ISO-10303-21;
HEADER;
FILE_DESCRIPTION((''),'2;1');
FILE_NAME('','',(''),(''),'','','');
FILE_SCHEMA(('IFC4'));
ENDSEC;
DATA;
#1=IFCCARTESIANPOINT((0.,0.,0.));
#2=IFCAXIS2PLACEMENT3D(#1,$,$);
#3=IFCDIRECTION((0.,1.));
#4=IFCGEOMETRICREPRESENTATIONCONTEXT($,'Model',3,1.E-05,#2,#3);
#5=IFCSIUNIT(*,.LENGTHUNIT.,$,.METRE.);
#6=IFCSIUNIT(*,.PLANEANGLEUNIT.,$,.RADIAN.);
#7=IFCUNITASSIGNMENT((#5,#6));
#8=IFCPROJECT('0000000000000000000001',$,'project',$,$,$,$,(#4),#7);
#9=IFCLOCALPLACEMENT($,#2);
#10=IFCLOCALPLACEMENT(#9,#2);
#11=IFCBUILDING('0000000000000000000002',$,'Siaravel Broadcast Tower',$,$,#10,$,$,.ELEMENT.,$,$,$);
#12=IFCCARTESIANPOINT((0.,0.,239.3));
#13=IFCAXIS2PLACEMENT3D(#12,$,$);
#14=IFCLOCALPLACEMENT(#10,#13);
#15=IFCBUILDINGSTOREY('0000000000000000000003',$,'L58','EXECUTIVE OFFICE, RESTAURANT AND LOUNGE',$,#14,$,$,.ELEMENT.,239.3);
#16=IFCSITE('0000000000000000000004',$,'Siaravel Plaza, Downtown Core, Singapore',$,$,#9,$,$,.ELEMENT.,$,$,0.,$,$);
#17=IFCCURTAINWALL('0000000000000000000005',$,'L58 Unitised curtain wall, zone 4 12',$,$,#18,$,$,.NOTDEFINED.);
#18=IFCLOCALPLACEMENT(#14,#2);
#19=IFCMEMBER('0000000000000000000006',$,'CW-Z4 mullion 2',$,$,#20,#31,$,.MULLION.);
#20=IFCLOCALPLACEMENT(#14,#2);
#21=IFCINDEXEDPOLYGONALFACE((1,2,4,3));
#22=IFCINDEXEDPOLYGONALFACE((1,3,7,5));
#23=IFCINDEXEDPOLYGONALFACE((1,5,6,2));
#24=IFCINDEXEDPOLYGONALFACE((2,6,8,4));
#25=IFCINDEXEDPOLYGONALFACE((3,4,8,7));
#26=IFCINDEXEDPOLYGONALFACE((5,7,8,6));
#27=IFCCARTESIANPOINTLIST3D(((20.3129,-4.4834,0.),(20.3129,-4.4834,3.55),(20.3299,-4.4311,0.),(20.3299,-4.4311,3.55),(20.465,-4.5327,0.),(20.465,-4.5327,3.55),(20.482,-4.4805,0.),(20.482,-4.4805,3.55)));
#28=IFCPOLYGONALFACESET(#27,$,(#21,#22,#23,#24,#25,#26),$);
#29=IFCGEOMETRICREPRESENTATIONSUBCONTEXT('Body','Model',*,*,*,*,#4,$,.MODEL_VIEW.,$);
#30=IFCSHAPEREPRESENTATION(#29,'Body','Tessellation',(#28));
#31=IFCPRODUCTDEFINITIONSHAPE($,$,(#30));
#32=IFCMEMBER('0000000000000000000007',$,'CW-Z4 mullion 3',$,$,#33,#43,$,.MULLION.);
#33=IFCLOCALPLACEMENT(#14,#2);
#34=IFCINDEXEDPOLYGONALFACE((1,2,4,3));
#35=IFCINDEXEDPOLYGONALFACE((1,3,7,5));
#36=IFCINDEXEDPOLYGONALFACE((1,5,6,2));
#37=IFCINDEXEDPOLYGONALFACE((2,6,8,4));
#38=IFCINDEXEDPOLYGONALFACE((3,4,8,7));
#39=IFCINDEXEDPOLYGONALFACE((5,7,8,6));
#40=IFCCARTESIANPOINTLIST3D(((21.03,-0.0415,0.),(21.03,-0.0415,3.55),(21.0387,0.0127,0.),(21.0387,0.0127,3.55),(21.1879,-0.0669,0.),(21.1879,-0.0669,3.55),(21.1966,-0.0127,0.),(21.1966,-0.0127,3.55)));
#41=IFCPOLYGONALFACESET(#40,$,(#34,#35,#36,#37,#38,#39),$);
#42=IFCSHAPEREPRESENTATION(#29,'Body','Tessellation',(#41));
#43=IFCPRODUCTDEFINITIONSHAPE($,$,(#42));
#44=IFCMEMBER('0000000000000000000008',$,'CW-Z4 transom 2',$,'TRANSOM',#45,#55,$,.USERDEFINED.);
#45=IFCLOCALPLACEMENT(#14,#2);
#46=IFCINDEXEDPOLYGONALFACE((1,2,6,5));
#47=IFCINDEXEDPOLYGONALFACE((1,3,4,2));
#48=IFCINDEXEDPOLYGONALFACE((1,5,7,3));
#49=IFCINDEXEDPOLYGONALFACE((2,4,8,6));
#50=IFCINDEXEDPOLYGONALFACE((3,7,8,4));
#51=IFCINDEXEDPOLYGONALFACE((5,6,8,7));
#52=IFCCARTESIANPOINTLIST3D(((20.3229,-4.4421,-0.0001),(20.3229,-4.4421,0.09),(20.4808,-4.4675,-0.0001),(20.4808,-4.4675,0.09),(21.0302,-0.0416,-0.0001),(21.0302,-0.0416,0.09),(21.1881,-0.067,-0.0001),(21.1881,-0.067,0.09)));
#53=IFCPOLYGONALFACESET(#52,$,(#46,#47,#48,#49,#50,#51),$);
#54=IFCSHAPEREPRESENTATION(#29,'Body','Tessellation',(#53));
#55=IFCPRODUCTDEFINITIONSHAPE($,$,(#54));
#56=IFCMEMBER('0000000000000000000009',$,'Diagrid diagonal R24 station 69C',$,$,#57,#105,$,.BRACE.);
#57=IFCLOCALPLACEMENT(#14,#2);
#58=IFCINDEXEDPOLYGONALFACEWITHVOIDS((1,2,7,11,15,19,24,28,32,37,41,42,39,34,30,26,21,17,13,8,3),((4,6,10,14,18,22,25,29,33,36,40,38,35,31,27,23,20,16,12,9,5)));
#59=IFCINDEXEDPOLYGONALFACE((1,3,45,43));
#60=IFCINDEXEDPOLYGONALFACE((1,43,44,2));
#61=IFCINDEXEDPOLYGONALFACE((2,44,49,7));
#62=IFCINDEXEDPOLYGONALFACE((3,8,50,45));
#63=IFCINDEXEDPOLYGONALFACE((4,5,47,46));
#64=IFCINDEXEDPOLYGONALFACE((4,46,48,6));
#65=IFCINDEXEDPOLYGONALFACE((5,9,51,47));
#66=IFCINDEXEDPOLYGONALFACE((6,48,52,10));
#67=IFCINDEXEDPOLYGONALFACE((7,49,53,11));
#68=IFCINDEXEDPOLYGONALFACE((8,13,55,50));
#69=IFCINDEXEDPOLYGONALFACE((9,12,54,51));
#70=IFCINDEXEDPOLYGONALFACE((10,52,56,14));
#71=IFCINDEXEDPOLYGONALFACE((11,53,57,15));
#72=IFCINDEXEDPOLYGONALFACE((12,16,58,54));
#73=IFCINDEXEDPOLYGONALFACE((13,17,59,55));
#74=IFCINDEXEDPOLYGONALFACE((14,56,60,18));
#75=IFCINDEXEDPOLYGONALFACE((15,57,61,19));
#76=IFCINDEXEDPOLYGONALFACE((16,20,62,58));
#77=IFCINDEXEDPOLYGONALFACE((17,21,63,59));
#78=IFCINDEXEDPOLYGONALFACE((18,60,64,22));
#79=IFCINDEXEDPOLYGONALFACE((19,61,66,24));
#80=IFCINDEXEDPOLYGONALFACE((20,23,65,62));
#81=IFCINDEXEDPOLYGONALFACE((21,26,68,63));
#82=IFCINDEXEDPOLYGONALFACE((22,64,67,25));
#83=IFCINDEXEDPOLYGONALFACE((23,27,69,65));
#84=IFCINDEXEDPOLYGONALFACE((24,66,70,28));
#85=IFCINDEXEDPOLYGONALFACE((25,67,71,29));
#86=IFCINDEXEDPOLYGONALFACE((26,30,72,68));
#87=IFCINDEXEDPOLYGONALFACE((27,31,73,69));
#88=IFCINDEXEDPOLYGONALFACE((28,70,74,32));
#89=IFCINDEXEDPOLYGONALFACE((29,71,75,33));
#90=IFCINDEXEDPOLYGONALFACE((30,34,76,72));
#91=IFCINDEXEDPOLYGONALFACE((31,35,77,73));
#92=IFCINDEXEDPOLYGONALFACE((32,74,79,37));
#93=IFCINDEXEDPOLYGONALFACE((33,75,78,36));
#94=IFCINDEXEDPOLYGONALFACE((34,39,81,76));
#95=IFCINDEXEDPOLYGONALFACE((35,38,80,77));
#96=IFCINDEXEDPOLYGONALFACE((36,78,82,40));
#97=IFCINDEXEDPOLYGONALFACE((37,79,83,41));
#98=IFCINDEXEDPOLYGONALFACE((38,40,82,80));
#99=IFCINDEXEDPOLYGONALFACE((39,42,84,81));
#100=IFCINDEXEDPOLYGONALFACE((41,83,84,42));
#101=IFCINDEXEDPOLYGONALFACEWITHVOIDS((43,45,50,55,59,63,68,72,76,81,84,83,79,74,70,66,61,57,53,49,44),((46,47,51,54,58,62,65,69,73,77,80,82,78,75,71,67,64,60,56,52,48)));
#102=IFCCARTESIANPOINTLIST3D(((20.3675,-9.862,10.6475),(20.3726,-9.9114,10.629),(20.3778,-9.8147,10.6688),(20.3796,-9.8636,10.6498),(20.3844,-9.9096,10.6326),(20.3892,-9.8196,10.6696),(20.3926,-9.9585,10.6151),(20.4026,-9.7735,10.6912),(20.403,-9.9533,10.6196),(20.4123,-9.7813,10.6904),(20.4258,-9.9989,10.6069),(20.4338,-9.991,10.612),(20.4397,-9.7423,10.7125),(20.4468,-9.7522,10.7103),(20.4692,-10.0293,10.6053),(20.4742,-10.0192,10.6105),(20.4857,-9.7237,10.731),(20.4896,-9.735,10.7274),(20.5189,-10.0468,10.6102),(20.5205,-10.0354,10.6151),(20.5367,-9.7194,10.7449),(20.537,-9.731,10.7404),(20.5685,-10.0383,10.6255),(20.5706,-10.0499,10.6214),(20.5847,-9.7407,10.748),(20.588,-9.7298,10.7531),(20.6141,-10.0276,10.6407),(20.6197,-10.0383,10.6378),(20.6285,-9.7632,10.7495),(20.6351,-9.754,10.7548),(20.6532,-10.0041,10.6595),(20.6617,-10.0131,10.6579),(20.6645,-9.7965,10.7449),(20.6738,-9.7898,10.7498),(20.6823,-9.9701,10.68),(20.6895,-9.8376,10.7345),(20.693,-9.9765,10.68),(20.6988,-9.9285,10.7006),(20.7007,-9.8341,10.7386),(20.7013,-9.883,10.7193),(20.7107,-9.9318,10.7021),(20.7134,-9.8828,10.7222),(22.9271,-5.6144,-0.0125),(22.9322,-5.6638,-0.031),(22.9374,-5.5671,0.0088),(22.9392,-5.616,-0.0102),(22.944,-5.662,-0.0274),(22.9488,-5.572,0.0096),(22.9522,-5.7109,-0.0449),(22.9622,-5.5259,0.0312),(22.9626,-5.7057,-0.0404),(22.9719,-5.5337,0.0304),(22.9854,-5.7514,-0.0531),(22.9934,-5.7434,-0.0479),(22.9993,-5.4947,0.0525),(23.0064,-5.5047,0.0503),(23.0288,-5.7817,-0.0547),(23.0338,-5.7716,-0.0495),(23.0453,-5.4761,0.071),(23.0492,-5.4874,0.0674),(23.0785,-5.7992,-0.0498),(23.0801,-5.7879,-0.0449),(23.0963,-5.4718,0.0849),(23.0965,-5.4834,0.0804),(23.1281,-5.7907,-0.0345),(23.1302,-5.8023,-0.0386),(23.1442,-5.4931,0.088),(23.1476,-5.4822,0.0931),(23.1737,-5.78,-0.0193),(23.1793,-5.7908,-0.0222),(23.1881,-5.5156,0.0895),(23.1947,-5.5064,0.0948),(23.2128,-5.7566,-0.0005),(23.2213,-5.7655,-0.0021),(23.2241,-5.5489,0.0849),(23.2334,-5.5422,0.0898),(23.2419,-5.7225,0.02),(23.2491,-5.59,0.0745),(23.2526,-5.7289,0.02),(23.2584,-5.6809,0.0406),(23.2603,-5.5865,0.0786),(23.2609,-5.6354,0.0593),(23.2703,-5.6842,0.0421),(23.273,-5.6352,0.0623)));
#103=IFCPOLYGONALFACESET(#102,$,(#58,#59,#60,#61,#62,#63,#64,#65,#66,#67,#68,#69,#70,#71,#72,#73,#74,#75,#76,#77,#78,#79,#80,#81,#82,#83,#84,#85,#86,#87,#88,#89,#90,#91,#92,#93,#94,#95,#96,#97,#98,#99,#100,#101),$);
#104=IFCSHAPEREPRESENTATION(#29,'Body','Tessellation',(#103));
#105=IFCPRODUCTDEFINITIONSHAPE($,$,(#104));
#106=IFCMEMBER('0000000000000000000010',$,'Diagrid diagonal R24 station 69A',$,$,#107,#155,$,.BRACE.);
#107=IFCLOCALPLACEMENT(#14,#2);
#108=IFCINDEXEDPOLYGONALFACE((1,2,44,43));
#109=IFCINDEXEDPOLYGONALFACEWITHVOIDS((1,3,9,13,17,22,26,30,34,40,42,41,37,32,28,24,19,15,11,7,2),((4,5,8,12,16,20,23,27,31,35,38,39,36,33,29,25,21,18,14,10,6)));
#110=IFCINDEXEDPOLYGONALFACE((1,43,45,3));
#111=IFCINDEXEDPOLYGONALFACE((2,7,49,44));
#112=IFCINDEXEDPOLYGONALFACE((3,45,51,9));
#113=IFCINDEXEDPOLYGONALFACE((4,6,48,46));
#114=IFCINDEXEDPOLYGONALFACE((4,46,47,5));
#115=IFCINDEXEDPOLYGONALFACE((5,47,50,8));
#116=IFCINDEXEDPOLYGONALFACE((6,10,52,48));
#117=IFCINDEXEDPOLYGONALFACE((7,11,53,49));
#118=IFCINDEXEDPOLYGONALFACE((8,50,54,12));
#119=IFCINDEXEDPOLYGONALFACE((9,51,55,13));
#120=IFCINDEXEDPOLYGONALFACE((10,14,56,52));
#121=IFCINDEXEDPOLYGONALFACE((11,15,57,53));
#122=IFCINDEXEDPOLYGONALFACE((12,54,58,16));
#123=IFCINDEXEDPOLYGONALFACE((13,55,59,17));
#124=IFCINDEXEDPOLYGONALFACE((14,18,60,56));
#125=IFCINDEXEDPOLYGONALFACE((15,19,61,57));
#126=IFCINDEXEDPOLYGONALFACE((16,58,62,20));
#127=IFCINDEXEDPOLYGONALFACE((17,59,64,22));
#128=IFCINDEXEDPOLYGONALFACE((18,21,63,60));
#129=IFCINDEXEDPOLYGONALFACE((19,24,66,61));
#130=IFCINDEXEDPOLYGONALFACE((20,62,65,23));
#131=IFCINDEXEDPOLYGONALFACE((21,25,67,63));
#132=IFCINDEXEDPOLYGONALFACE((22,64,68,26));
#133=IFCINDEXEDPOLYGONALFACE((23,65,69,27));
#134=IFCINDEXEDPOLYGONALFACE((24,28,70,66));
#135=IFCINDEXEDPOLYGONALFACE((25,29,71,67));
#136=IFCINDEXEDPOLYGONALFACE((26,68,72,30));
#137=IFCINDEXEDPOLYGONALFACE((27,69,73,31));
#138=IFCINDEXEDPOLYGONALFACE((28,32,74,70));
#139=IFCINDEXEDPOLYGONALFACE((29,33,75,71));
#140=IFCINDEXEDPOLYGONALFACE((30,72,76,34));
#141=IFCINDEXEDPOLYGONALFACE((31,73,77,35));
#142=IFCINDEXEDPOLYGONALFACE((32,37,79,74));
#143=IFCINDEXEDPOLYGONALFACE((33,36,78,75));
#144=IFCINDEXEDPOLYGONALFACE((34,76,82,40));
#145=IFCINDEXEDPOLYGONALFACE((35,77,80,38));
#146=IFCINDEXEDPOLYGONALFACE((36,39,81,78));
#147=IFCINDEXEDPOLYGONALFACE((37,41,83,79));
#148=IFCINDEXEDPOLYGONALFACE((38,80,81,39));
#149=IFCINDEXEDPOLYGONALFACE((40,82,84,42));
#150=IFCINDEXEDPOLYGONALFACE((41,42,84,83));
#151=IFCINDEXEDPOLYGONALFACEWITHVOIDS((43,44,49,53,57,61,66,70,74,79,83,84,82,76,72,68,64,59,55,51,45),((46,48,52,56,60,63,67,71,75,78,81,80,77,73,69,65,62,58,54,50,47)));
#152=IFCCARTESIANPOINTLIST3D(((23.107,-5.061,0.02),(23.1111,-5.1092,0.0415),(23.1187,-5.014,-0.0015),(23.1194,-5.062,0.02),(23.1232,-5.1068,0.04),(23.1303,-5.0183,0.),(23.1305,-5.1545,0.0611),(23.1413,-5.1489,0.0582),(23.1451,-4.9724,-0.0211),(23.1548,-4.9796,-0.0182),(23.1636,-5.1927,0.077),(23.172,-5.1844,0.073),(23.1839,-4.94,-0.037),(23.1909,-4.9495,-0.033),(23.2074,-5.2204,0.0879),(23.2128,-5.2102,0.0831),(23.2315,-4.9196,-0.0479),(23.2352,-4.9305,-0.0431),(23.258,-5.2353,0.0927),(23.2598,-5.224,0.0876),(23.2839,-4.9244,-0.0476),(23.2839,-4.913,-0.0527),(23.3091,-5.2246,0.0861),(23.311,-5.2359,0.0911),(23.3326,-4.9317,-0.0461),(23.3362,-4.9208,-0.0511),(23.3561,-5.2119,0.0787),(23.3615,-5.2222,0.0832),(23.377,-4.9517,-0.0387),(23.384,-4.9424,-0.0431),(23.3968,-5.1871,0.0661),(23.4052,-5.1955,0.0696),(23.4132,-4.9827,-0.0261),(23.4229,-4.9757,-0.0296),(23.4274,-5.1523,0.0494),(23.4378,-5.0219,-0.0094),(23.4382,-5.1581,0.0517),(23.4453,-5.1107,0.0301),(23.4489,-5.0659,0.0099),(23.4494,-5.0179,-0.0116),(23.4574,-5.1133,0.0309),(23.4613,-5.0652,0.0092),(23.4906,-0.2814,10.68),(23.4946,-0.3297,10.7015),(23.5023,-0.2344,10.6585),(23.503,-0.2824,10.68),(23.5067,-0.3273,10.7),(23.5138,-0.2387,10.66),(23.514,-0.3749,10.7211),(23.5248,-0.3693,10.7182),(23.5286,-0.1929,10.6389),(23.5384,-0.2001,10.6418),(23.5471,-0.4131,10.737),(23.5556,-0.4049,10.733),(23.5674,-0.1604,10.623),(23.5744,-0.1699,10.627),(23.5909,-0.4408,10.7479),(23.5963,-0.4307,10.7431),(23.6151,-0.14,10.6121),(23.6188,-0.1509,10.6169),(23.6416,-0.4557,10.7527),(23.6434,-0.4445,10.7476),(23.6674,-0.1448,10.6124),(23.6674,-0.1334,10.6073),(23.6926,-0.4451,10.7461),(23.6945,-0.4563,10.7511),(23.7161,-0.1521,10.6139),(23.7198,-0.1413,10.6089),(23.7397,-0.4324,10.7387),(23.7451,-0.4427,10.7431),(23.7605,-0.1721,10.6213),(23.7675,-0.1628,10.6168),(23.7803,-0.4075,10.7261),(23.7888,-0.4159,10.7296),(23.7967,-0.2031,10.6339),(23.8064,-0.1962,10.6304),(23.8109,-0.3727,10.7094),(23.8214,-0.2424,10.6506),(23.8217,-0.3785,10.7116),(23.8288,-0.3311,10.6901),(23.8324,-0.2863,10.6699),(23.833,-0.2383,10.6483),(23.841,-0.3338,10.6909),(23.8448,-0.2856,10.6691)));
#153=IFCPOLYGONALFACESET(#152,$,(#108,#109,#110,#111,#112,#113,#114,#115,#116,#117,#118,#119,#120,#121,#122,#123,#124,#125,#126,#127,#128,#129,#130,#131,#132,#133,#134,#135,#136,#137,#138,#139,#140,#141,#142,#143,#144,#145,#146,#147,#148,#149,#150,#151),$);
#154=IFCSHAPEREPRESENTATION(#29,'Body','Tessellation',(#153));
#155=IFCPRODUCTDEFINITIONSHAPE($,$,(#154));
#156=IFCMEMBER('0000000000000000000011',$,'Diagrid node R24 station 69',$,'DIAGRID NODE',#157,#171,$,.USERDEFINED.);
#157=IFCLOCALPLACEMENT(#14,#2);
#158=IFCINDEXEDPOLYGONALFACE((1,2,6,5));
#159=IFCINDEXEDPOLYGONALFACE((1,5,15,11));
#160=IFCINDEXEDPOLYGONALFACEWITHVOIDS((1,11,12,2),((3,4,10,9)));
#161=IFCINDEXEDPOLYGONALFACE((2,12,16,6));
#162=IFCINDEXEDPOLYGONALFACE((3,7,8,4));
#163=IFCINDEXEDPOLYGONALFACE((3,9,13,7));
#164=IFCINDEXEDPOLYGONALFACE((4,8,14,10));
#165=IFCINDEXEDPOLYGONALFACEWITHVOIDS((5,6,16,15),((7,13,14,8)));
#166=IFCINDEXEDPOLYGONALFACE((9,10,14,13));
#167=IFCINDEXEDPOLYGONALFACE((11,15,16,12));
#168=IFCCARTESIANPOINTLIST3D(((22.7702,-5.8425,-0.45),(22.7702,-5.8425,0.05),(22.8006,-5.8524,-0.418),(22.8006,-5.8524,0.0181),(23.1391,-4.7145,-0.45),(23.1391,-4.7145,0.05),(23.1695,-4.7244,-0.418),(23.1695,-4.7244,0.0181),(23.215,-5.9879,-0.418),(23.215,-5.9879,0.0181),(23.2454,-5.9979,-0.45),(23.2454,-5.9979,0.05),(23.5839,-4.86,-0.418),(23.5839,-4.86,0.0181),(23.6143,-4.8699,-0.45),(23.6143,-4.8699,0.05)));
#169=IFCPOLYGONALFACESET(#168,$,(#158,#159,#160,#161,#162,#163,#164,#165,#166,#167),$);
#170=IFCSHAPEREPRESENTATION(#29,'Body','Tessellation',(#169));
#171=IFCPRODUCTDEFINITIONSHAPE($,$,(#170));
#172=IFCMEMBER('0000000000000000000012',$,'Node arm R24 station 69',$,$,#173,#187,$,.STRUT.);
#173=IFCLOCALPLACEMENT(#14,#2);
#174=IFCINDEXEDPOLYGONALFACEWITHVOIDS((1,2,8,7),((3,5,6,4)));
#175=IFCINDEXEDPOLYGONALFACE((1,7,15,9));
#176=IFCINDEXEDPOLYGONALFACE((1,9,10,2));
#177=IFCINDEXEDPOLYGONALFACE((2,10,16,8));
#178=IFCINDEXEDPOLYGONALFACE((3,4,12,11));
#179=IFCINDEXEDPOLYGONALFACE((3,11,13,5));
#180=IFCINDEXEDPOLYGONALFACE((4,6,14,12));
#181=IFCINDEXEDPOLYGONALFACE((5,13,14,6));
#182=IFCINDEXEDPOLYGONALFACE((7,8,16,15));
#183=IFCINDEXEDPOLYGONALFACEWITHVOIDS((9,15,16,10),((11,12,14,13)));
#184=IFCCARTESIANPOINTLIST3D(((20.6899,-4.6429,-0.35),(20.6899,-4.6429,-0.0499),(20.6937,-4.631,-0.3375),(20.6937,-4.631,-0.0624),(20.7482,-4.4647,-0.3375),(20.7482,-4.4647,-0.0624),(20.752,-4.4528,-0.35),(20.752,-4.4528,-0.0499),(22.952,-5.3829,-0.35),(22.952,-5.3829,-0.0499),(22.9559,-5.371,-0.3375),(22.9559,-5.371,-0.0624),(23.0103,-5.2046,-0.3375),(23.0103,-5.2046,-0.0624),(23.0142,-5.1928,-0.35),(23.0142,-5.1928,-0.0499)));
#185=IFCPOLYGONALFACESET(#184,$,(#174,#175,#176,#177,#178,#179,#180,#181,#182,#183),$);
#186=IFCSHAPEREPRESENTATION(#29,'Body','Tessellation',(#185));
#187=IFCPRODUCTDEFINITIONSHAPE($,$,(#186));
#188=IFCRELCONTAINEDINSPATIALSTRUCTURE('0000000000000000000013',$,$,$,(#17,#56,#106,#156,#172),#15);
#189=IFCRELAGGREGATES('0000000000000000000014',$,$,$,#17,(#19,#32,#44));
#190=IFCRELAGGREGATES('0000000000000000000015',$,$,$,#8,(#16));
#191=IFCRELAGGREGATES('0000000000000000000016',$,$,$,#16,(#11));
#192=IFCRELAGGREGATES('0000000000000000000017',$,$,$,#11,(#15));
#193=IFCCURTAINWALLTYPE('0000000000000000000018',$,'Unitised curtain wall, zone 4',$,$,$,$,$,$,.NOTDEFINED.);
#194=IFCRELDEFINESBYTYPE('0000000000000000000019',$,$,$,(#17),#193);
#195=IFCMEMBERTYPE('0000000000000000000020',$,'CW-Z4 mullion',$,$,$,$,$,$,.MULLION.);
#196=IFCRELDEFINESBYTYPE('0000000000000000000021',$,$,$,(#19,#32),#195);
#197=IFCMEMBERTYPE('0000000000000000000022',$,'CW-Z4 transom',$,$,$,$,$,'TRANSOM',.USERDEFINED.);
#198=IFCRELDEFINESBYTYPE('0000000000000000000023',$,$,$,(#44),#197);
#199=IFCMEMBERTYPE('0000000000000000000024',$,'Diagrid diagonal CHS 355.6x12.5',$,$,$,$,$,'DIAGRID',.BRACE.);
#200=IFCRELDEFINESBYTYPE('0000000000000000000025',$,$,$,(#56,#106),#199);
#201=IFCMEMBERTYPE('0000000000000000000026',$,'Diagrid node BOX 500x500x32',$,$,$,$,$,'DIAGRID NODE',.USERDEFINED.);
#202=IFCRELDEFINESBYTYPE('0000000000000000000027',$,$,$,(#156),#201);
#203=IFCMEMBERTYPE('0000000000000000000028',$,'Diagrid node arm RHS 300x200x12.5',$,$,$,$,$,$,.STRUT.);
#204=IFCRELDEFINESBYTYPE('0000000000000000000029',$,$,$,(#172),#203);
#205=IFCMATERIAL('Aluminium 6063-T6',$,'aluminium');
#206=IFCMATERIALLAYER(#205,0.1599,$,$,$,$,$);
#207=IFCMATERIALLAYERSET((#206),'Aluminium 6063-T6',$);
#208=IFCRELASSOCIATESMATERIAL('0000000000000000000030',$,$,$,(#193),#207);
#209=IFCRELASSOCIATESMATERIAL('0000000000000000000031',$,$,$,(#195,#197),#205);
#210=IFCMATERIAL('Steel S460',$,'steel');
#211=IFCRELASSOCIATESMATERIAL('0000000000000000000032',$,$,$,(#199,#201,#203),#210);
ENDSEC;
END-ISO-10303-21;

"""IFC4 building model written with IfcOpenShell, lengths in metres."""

from ifc_helpers import new_model, si_unit, direction, frame, origin, origin_2d, place, context, subcontext, project, spatial, rectangle, hollow_rectangle, hollow_circle, extrude, material, layer, layer_set, material_profile, profile_set, type_object, element, aggregate, save


model = new_model("IFC4")

# Units and contexts
model_context = context("Model", 3, precision=1e-05, world=origin(), true_north=direction((0.0, 1.0)))
body_context = subcontext(model_context, "Body", "Model", "MODEL_VIEW")
ifc_project = project(units=[si_unit("LENGTHUNIT", "METRE"), si_unit("PLANEANGLEUNIT", "RADIAN")], contexts=[model_context])

# Site, building, storey
site_placement = place(None, origin())
site = spatial("IfcSite", under=ifc_project, at=site_placement, Name="Siaravel Plaza, Downtown Core, Singapore", CompositionType="ELEMENT", RefElevation=0.0)
building_placement = place(site_placement, origin())
building = spatial("IfcBuilding", under=site, at=building_placement, Name="Siaravel Broadcast Tower", CompositionType="ELEMENT")
storey_placement = place(building_placement, frame((0.0, 0.0, 239.3)))
storey = spatial("IfcBuildingStorey", under=building, at=storey_placement, Name="L58", Description="EXECUTIVE OFFICE, RESTAURANT AND LOUNGE", CompositionType="ELEMENT", Elevation=239.3)

# Curtain wall, members
ifc_material_1 = material(Name="Aluminium 6063-T6", Category="aluminium")
ifc_layer_1 = layer(ifc_material_1, 0.1599)
ifc_layer_set_1 = layer_set([ifc_layer_1], Name="Aluminium 6063-T6")
curtain_wall_type = type_object("IfcCurtainWallType", Name="Unitised curtain wall, zone 4", PredefinedType="NOTDEFINED", material=ifc_layer_set_1)
curtain_wall_placement = place(storey_placement, origin())
curtain_wall = element("IfcCurtainWall", 1, at=curtain_wall_placement, inside=storey, type_object=curtain_wall_type, Name="L58 Unitised curtain wall, zone 4 12", PredefinedType="NOTDEFINED")
ifc_material_profile_1 = material_profile(ifc_material_1, rectangle(XDim=0.1599, YDim=0.0549, at=origin_2d()))
ifc_profile_set_1 = profile_set([ifc_material_profile_1], Name="Aluminium 6063-T6")
member_type_1 = type_object("IfcMemberType", Name="CW-Z4 mullion", PredefinedType="MULLION", material=ifc_profile_set_1)
member_1_placement = place(storey_placement, frame((20.3975, -4.4819, 0.0), z_axis=(0.0, 0.0, 1.0), x_axis=(-0.951178, 0.308644, 0.0)))
member_1 = element("IfcMember", 2, at=member_1_placement, type_object=member_type_1, Name="CW-Z4 mullion 2", PredefinedType="MULLION", context=body_context, shape_type="SweptSolid", body=[
    extrude(rectangle(XDim=0.1599, YDim=0.0549, at=origin_2d()), origin(), (0.0, 0.0, 1.0), 3.55),
])
member_2_placement = place(storey_placement, frame((21.1133, -0.0271, 0.0), z_axis=(0.0, 0.0, 1.0), x_axis=(-0.987329, 0.158685, 0.0)))
member_2 = element("IfcMember", 3, at=member_2_placement, type_object=member_type_1, Name="CW-Z4 mullion 3", PredefinedType="MULLION", context=body_context, shape_type="SweptSolid", body=[
    extrude(rectangle(XDim=0.1599, YDim=0.0549, at=origin_2d()), origin(), (0.0, 0.0, 1.0), 3.55),
])
ifc_material_profile_2 = material_profile(ifc_material_1, rectangle(XDim=0.1599, YDim=0.0901, at=origin_2d()))
ifc_profile_set_2 = profile_set([ifc_material_profile_2], Name="Aluminium 6063-T6")
member_type_2 = type_object("IfcMemberType", Name="CW-Z4 transom", ElementType="TRANSOM", PredefinedType="USERDEFINED", material=ifc_profile_set_2)
member_3_placement = place(storey_placement, frame((20.4019, -4.4548, 0.0449), z_axis=(0.158685, 0.987329, 0.0), x_axis=(-0.987329, 0.158685, 0.0)))
member_3 = element("IfcMember", 4, at=member_3_placement, type_object=member_type_2, Name="CW-Z4 transom 2", ObjectType="TRANSOM", PredefinedType="USERDEFINED", context=body_context, shape_type="SweptSolid", body=[
    extrude(rectangle(XDim=0.1599, YDim=0.0901, at=origin_2d()), origin(), (0.0, 0.0, 1.0), 4.457),
])

# Members
ifc_material_2 = material(Name="Steel S460", Category="steel")
ifc_material_profile_3 = material_profile(ifc_material_2, hollow_circle(Radius=0.1777, WallThickness=0.0125, at=origin_2d()))
ifc_profile_set_3 = profile_set([ifc_material_profile_3], Name="Steel S460")
member_type_3 = type_object("IfcMemberType", Name="Diagrid diagonal CHS 355.6x12.5", ElementType="DIAGRID", PredefinedType="BRACE", material=ifc_profile_set_3)
member_4_placement = place(storey_placement, frame((23.1003, -5.6372, 0.02), z_axis=(-0.217706, -0.361279, 0.906687), x_axis=(0.85651, -0.516131, 0.0)))
element("IfcMember", 5, at=member_4_placement, inside=storey, type_object=member_type_3, Name="Diagrid diagonal R24 station 69C", PredefinedType="BRACE", context=body_context, shape_type="SweptSolid", body=[
    extrude(hollow_circle(Radius=0.1777, WallThickness=0.0125, at=origin_2d()), origin(), (0.0, 0.0, 1.0), 11.7571),
])
member_5_placement = place(storey_placement, frame((23.2842, -5.0752, 0.02), z_axis=(0.032813, 0.408904, 0.911987), x_axis=(-0.996796, 0.07999, 0.0)))
element("IfcMember", 6, at=member_5_placement, inside=storey, type_object=member_type_3, Name="Diagrid diagonal R24 station 69A", PredefinedType="BRACE", context=body_context, shape_type="SweptSolid", body=[
    extrude(hollow_circle(Radius=0.1777, WallThickness=0.0125, at=origin_2d()), origin(), (0.0, 0.0, 1.0), 11.6887),
])
ifc_material_profile_4 = material_profile(ifc_material_2, hollow_rectangle(XDim=0.5, YDim=0.5, WallThickness=0.032, at=origin_2d()))
ifc_profile_set_4 = profile_set([ifc_material_profile_4], Name="Steel S460")
member_type_4 = type_object("IfcMemberType", Name="Diagrid node BOX 500x500x32", ElementType="DIAGRID NODE", PredefinedType="USERDEFINED", material=ifc_profile_set_4)
member_6_placement = place(storey_placement, frame((23.0078, -5.9202, -0.2), z_axis=(0.310853, 0.950458, 0.0), x_axis=(-0.950458, 0.310853, 0.0)))
element("IfcMember", 7, at=member_6_placement, inside=storey, type_object=member_type_4, Name="Diagrid node R24 station 69", ObjectType="DIAGRID NODE", PredefinedType="USERDEFINED", context=body_context, shape_type="SweptSolid", body=[
    extrude(hollow_rectangle(XDim=0.5, YDim=0.5, WallThickness=0.032, at=origin_2d()), origin(), (0.0, 0.0, 1.0), 1.1868),
])
ifc_material_profile_5 = material_profile(ifc_material_2, hollow_rectangle(XDim=0.2, YDim=0.3, WallThickness=0.0125, at=origin_2d()))
ifc_profile_set_5 = profile_set([ifc_material_profile_5], Name="Steel S460")
member_type_5 = type_object("IfcMemberType", Name="Diagrid node arm RHS 300x200x12.5", PredefinedType="STRUT", material=ifc_profile_set_5)
member_7_placement = place(storey_placement, frame((20.7209, -4.5479, -0.2), z_axis=(0.950443, -0.310899, 0.0), x_axis=(0.310899, 0.950443, 0.0)))
element("IfcMember", 8, at=member_7_placement, inside=storey, type_object=member_type_5, Name="Node arm R24 station 69", PredefinedType="STRUT", context=body_context, shape_type="SweptSolid", body=[
    extrude(hollow_rectangle(XDim=0.2, YDim=0.3, WallThickness=0.0125, at=origin_2d()), origin(), (0.0, 0.0, 1.0), 2.3801),
])

aggregate(curtain_wall, [member_1, member_2, member_3])

save(model, "model.ifc")
